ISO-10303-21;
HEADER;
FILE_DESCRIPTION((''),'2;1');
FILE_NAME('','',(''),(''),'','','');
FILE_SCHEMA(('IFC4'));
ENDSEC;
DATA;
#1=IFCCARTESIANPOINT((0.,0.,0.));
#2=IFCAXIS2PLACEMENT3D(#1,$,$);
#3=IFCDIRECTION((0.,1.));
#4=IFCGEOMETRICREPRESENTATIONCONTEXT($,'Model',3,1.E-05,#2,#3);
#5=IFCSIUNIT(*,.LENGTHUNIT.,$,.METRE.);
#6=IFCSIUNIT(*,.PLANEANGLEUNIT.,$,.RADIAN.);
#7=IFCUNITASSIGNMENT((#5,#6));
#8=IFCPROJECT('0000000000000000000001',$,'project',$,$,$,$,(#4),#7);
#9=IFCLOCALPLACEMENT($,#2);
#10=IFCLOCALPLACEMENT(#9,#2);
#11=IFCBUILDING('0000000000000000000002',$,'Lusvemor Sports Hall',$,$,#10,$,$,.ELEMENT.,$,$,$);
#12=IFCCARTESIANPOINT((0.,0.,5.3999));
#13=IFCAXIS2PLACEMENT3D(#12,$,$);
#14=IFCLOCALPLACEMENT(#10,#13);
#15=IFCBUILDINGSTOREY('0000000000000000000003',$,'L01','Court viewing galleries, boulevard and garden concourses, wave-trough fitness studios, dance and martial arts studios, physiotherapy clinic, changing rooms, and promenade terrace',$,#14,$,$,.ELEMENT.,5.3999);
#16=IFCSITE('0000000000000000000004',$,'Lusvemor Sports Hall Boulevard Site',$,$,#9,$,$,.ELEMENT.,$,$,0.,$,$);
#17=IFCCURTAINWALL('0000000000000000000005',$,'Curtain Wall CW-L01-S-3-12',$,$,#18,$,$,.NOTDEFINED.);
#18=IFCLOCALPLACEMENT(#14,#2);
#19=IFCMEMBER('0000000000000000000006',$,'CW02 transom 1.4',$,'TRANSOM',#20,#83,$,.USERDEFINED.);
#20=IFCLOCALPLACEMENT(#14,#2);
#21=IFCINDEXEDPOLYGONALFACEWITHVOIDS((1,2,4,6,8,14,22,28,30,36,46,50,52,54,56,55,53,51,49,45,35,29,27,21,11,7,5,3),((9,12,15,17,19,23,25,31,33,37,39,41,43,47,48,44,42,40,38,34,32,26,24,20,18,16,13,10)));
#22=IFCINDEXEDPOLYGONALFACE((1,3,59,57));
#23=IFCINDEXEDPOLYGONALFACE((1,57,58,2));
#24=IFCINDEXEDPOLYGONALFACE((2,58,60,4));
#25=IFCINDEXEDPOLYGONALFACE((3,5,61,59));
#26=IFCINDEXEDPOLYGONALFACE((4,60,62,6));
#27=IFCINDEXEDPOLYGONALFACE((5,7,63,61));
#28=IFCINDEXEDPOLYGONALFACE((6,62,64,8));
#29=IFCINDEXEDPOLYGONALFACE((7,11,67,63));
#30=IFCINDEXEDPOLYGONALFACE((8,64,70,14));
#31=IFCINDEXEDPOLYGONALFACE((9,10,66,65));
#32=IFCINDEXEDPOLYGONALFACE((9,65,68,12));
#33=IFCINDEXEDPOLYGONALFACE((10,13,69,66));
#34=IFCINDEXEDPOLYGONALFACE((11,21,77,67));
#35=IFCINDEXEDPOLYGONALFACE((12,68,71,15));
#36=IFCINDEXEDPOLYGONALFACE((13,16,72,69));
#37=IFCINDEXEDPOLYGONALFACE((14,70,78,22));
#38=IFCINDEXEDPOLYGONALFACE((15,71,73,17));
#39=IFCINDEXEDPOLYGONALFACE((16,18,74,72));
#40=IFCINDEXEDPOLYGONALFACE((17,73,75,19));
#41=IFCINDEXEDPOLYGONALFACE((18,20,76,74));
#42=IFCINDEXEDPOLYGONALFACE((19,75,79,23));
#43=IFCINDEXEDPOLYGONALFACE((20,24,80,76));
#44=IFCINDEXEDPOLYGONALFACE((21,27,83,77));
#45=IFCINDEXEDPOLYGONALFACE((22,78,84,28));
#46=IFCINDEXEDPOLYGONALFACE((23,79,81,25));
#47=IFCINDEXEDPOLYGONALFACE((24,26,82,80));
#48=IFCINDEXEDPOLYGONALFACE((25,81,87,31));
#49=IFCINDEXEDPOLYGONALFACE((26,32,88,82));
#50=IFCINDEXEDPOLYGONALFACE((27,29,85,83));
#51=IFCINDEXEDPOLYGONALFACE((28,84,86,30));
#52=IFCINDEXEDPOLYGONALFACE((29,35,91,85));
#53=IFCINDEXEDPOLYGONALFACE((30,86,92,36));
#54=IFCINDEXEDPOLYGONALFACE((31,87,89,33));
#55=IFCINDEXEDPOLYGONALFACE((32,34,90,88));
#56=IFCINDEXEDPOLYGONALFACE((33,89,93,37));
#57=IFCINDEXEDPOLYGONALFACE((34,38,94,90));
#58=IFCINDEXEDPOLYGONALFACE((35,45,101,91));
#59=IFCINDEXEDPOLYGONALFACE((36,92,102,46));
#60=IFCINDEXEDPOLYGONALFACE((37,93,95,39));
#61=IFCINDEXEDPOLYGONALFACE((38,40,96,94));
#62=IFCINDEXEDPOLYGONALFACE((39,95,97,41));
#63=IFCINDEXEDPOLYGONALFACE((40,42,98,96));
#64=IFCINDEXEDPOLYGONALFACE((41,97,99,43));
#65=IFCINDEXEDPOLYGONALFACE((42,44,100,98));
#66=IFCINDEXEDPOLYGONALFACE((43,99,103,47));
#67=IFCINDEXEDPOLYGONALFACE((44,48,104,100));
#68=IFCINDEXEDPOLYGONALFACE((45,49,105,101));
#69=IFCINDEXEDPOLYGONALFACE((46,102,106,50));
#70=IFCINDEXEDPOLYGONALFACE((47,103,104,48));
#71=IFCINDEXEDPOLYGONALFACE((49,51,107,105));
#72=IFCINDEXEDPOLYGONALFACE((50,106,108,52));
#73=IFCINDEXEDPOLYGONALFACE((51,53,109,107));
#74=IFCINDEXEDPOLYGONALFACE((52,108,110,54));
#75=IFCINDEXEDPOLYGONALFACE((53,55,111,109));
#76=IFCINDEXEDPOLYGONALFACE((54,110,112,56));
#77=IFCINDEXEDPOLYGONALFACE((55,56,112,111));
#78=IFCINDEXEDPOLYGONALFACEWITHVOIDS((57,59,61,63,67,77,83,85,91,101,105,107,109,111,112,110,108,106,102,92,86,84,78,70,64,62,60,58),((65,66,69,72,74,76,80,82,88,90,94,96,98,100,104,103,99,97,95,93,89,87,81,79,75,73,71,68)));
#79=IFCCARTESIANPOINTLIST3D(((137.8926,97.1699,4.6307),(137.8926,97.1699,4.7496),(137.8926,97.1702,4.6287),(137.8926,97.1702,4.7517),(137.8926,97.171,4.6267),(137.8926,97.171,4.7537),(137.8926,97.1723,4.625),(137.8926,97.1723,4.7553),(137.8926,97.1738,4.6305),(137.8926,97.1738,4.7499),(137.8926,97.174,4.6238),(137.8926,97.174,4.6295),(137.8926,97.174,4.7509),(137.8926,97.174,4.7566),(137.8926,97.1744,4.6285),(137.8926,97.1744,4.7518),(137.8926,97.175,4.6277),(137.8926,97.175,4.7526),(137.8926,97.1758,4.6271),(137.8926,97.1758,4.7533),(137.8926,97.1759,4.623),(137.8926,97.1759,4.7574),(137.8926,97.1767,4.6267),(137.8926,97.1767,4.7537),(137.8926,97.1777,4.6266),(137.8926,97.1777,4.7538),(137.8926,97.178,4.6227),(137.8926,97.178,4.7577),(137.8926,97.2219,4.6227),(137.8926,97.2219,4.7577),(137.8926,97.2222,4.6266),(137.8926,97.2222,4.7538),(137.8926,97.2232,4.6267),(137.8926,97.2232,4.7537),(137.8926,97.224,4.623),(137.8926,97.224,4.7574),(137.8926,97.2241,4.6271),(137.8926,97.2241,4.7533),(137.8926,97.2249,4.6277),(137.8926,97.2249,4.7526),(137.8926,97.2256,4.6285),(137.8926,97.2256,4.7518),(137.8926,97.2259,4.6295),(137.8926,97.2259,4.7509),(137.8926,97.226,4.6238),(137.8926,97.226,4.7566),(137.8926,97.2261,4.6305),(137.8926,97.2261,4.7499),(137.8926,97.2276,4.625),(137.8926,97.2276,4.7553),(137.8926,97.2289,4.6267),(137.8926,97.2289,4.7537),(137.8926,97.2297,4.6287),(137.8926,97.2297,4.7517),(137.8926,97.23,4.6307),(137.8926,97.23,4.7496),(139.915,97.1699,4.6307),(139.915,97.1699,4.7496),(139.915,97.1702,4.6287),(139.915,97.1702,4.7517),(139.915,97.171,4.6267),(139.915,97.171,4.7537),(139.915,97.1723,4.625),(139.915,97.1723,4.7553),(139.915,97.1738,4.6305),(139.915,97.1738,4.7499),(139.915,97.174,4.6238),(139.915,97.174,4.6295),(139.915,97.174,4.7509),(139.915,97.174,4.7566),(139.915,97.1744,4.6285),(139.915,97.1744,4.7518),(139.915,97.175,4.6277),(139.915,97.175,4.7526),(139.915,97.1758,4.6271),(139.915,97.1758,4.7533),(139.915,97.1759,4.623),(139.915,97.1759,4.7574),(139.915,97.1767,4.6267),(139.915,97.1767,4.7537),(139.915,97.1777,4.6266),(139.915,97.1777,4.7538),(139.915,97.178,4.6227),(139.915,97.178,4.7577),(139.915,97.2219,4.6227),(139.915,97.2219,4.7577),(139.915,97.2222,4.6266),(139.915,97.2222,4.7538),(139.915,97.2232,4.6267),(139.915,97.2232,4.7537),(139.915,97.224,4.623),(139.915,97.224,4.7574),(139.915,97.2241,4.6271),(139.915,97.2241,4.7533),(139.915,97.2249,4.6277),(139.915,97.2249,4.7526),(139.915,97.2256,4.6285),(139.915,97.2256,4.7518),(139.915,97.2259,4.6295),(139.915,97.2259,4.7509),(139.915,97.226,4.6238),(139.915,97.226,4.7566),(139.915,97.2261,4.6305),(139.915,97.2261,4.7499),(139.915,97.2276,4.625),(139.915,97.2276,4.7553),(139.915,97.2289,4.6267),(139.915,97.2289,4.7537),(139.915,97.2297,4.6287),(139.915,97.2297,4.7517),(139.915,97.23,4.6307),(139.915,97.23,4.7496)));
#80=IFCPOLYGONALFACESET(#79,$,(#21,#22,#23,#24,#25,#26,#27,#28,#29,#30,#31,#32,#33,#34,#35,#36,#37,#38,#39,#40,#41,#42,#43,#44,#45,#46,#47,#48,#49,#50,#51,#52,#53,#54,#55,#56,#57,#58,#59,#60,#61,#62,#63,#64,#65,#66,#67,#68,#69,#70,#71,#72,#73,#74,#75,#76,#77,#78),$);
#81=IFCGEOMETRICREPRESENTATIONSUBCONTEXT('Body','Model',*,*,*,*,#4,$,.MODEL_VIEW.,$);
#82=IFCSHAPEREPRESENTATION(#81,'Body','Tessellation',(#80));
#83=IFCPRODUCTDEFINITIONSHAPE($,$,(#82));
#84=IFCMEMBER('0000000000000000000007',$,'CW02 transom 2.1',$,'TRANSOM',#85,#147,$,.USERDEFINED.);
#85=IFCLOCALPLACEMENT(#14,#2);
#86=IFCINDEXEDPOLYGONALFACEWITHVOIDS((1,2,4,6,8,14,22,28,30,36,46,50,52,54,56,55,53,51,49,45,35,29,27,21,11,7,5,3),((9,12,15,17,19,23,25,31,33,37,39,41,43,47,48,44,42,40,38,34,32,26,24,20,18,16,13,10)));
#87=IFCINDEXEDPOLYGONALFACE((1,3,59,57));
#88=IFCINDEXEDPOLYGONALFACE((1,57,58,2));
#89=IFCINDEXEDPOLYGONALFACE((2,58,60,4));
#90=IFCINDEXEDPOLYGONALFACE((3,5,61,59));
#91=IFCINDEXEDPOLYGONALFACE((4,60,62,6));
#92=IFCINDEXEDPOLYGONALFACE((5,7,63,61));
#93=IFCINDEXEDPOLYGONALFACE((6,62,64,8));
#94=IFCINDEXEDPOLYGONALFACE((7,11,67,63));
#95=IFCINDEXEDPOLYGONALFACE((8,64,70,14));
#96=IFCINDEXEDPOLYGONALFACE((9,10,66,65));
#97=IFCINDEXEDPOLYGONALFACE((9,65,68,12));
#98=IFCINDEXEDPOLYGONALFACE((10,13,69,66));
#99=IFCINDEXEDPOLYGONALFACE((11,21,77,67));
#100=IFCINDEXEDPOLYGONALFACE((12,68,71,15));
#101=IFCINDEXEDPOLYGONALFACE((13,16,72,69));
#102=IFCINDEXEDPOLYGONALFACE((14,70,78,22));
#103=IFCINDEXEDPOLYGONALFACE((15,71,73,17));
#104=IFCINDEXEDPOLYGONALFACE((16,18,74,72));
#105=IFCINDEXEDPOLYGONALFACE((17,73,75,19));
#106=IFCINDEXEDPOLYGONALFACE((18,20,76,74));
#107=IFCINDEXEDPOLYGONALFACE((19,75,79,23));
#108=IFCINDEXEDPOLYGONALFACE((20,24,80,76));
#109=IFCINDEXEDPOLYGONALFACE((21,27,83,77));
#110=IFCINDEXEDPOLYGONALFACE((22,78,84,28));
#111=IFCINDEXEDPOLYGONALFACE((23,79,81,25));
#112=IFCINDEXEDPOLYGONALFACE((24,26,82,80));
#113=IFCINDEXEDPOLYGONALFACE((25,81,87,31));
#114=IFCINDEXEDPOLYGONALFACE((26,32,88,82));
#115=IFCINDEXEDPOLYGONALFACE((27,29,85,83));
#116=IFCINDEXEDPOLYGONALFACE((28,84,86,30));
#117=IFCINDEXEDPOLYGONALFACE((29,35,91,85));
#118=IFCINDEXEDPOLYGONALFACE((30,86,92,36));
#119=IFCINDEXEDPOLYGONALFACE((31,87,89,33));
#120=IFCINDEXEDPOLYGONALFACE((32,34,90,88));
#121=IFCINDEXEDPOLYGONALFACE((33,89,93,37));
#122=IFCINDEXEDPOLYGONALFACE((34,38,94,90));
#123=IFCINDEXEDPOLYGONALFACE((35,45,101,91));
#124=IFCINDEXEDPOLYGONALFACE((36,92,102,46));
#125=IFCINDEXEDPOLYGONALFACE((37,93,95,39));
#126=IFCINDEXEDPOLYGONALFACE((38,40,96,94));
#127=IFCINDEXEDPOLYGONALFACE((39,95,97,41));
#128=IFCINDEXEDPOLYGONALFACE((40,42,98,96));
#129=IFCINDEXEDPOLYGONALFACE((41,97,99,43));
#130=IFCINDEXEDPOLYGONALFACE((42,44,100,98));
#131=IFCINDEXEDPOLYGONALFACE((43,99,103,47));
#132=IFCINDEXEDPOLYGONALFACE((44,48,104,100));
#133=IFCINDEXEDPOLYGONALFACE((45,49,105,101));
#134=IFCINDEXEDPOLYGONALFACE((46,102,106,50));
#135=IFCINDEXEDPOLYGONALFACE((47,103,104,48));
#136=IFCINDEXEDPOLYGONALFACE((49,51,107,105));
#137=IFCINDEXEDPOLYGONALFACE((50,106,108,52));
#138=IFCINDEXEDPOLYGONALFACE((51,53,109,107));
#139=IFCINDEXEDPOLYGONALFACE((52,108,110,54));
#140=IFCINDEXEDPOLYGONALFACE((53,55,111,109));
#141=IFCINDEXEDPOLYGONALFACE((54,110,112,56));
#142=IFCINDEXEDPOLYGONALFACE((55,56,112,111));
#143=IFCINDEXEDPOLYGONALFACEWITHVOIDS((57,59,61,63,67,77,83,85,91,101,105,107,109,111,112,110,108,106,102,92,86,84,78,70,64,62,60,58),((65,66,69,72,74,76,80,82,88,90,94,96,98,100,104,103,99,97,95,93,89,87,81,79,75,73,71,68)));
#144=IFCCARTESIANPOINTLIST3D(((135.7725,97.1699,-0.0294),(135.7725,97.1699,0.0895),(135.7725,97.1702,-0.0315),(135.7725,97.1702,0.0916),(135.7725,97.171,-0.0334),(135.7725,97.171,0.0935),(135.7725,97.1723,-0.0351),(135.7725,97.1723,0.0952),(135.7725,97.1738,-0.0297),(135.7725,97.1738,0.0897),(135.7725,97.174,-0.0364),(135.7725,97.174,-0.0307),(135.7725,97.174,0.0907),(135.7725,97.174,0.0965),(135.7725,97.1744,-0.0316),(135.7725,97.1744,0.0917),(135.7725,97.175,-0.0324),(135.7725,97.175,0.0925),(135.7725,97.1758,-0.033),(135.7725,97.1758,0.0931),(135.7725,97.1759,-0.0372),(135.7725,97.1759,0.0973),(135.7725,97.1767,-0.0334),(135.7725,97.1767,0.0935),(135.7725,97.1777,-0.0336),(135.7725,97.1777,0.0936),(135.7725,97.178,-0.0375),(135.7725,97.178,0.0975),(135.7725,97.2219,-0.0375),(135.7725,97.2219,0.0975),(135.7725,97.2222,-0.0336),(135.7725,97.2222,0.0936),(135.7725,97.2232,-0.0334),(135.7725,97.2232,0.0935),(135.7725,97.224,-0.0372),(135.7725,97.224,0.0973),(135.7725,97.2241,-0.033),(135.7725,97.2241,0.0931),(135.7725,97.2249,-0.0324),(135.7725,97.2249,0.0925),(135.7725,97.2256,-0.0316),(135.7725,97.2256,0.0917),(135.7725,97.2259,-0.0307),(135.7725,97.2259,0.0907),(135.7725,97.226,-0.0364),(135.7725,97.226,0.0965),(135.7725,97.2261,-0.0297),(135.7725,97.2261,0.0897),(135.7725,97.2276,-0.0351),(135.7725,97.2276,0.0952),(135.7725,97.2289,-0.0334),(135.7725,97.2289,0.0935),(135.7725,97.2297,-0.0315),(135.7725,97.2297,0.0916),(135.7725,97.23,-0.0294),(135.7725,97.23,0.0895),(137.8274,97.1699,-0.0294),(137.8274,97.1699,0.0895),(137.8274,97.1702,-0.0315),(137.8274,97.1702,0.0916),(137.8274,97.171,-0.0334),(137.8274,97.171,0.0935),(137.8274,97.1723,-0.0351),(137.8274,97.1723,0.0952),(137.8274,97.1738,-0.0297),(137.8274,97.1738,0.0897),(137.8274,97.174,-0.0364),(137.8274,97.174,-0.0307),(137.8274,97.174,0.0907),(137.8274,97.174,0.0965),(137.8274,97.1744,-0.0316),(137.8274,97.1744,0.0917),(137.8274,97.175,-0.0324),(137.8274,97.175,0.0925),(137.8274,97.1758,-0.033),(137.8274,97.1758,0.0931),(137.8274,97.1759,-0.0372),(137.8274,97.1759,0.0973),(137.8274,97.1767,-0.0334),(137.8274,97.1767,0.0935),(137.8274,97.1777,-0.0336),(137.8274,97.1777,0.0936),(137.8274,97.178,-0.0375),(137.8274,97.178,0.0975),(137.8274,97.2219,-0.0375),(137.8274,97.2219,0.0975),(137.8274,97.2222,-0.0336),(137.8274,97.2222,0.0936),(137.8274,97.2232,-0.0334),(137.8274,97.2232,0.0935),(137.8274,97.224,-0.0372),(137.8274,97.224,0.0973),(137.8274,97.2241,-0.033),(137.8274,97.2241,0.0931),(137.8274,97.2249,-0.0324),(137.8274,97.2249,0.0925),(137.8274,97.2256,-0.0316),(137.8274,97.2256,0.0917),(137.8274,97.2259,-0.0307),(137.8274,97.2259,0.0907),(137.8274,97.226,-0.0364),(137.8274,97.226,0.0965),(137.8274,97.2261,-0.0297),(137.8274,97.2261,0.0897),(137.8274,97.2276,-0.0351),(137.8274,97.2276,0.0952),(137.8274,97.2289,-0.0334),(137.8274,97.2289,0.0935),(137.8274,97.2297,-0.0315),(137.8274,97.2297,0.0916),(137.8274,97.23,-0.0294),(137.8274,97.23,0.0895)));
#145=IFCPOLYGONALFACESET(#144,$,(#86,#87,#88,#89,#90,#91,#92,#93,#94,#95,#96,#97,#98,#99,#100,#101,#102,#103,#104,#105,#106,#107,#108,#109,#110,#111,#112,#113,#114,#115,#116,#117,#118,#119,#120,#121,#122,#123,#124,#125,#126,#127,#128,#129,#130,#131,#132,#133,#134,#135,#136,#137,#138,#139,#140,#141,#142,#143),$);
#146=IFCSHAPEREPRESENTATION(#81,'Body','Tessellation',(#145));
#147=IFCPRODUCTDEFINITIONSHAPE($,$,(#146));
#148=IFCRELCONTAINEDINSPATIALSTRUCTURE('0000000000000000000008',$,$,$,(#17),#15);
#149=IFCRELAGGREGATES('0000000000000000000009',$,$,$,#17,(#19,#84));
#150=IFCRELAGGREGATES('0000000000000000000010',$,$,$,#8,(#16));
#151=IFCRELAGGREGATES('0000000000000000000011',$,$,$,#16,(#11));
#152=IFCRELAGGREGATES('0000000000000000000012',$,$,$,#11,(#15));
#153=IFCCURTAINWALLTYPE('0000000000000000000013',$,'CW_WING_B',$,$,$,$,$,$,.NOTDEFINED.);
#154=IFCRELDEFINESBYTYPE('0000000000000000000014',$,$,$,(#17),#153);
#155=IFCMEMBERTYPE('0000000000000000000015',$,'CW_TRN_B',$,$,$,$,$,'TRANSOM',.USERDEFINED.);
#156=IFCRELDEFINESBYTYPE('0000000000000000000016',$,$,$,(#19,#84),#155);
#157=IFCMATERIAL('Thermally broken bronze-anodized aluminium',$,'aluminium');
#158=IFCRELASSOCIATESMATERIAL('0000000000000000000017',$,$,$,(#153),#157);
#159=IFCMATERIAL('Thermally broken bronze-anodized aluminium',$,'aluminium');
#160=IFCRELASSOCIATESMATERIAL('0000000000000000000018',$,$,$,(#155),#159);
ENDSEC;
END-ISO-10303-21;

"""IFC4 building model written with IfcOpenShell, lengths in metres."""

from ifc_helpers import new_model, si_unit, direction, frame, origin, origin_2d, place, context, subcontext, project, spatial, hollow_rectangle, extrude, material, material_profile, profile_set, type_object, element, aggregate, save


model = new_model("IFC4")

# Units and contexts
model_context = context("Model", 3, precision=1e-05, world=origin(), true_north=direction((0.0, 1.0)))
body_context = subcontext(model_context, "Body", "Model", "MODEL_VIEW")
ifc_project = project(units=[si_unit("LENGTHUNIT", "METRE"), si_unit("PLANEANGLEUNIT", "RADIAN")], contexts=[model_context])

# Site, building, storey
site_placement = place(None, origin())
site = spatial("IfcSite", under=ifc_project, at=site_placement, Name="Lusvemor Sports Hall Boulevard Site", CompositionType="ELEMENT", RefElevation=0.0)
building_placement = place(site_placement, origin())
building = spatial("IfcBuilding", under=site, at=building_placement, Name="Lusvemor Sports Hall", CompositionType="ELEMENT")
storey_placement = place(building_placement, frame((0.0, 0.0, 5.3999)))
storey = spatial("IfcBuildingStorey", under=building, at=storey_placement, Name="L01", Description="Court viewing galleries, boulevard and garden concourses, wave-trough fitness studios, dance and martial arts studios, physiotherapy clinic, changing rooms, and promenade terrace", CompositionType="ELEMENT", Elevation=5.3999)

# Curtain wall, members
ifc_material_1 = material(Name="Thermally broken bronze-anodized aluminium", Category="aluminium")
curtain_wall_type = type_object("IfcCurtainWallType", Name="CW_WING_B", PredefinedType="NOTDEFINED", material=ifc_material_1)
curtain_wall_placement = place(storey_placement, origin())
curtain_wall = element("IfcCurtainWall", 1, at=curtain_wall_placement, inside=storey, type_object=curtain_wall_type, Name="Curtain Wall CW-L01-S-3-12", PredefinedType="NOTDEFINED")
ifc_material_2 = material(Name="Thermally broken bronze-anodized aluminium", Category="aluminium")
ifc_material_profile_1 = material_profile(ifc_material_2, hollow_rectangle(XDim=0.0601, YDim=0.135, WallThickness=0.0039, InnerFilletRadius=0.0039, OuterFilletRadius=0.0081, at=origin_2d()), Name="CWTRN135x60x4")
ifc_profile_set_1 = profile_set([ifc_material_profile_1], Name="Thermally broken bronze-anodized aluminium")
member_type_1 = type_object("IfcMemberType", Name="CW_TRN_B", ElementType="TRANSOM", PredefinedType="USERDEFINED", material=ifc_profile_set_1)
member_1_placement = place(storey_placement, frame((139.915, 97.2, 4.6902), z_axis=(-1.0, 0.0, 0.0), x_axis=(0.0, -1.0, 0.0)))
member_1 = element("IfcMember", 2, at=member_1_placement, type_object=member_type_1, Name="CW02 transom 1.4", ObjectType="TRANSOM", PredefinedType="USERDEFINED", context=body_context, shape_type="SweptSolid", body=[
    extrude(hollow_rectangle(XDim=0.0601, YDim=0.135, WallThickness=0.0039, InnerFilletRadius=0.0039, OuterFilletRadius=0.0081, at=origin_2d()), origin(), (0.0, 0.0, 1.0), 2.0225),
])
member_2_placement = place(storey_placement, frame((137.8274, 97.2, 0.03), z_axis=(-1.0, 0.0, 0.0), x_axis=(0.0, -1.0, 0.0)))
member_2 = element("IfcMember", 3, at=member_2_placement, type_object=member_type_1, Name="CW02 transom 2.1", ObjectType="TRANSOM", PredefinedType="USERDEFINED", context=body_context, shape_type="SweptSolid", body=[
    extrude(hollow_rectangle(XDim=0.0601, YDim=0.135, WallThickness=0.0039, InnerFilletRadius=0.0039, OuterFilletRadius=0.0081, at=origin_2d()), origin(), (0.0, 0.0, 1.0), 2.0549),
])

aggregate(curtain_wall, [member_1, member_2])

save(model, "model.ifc")
